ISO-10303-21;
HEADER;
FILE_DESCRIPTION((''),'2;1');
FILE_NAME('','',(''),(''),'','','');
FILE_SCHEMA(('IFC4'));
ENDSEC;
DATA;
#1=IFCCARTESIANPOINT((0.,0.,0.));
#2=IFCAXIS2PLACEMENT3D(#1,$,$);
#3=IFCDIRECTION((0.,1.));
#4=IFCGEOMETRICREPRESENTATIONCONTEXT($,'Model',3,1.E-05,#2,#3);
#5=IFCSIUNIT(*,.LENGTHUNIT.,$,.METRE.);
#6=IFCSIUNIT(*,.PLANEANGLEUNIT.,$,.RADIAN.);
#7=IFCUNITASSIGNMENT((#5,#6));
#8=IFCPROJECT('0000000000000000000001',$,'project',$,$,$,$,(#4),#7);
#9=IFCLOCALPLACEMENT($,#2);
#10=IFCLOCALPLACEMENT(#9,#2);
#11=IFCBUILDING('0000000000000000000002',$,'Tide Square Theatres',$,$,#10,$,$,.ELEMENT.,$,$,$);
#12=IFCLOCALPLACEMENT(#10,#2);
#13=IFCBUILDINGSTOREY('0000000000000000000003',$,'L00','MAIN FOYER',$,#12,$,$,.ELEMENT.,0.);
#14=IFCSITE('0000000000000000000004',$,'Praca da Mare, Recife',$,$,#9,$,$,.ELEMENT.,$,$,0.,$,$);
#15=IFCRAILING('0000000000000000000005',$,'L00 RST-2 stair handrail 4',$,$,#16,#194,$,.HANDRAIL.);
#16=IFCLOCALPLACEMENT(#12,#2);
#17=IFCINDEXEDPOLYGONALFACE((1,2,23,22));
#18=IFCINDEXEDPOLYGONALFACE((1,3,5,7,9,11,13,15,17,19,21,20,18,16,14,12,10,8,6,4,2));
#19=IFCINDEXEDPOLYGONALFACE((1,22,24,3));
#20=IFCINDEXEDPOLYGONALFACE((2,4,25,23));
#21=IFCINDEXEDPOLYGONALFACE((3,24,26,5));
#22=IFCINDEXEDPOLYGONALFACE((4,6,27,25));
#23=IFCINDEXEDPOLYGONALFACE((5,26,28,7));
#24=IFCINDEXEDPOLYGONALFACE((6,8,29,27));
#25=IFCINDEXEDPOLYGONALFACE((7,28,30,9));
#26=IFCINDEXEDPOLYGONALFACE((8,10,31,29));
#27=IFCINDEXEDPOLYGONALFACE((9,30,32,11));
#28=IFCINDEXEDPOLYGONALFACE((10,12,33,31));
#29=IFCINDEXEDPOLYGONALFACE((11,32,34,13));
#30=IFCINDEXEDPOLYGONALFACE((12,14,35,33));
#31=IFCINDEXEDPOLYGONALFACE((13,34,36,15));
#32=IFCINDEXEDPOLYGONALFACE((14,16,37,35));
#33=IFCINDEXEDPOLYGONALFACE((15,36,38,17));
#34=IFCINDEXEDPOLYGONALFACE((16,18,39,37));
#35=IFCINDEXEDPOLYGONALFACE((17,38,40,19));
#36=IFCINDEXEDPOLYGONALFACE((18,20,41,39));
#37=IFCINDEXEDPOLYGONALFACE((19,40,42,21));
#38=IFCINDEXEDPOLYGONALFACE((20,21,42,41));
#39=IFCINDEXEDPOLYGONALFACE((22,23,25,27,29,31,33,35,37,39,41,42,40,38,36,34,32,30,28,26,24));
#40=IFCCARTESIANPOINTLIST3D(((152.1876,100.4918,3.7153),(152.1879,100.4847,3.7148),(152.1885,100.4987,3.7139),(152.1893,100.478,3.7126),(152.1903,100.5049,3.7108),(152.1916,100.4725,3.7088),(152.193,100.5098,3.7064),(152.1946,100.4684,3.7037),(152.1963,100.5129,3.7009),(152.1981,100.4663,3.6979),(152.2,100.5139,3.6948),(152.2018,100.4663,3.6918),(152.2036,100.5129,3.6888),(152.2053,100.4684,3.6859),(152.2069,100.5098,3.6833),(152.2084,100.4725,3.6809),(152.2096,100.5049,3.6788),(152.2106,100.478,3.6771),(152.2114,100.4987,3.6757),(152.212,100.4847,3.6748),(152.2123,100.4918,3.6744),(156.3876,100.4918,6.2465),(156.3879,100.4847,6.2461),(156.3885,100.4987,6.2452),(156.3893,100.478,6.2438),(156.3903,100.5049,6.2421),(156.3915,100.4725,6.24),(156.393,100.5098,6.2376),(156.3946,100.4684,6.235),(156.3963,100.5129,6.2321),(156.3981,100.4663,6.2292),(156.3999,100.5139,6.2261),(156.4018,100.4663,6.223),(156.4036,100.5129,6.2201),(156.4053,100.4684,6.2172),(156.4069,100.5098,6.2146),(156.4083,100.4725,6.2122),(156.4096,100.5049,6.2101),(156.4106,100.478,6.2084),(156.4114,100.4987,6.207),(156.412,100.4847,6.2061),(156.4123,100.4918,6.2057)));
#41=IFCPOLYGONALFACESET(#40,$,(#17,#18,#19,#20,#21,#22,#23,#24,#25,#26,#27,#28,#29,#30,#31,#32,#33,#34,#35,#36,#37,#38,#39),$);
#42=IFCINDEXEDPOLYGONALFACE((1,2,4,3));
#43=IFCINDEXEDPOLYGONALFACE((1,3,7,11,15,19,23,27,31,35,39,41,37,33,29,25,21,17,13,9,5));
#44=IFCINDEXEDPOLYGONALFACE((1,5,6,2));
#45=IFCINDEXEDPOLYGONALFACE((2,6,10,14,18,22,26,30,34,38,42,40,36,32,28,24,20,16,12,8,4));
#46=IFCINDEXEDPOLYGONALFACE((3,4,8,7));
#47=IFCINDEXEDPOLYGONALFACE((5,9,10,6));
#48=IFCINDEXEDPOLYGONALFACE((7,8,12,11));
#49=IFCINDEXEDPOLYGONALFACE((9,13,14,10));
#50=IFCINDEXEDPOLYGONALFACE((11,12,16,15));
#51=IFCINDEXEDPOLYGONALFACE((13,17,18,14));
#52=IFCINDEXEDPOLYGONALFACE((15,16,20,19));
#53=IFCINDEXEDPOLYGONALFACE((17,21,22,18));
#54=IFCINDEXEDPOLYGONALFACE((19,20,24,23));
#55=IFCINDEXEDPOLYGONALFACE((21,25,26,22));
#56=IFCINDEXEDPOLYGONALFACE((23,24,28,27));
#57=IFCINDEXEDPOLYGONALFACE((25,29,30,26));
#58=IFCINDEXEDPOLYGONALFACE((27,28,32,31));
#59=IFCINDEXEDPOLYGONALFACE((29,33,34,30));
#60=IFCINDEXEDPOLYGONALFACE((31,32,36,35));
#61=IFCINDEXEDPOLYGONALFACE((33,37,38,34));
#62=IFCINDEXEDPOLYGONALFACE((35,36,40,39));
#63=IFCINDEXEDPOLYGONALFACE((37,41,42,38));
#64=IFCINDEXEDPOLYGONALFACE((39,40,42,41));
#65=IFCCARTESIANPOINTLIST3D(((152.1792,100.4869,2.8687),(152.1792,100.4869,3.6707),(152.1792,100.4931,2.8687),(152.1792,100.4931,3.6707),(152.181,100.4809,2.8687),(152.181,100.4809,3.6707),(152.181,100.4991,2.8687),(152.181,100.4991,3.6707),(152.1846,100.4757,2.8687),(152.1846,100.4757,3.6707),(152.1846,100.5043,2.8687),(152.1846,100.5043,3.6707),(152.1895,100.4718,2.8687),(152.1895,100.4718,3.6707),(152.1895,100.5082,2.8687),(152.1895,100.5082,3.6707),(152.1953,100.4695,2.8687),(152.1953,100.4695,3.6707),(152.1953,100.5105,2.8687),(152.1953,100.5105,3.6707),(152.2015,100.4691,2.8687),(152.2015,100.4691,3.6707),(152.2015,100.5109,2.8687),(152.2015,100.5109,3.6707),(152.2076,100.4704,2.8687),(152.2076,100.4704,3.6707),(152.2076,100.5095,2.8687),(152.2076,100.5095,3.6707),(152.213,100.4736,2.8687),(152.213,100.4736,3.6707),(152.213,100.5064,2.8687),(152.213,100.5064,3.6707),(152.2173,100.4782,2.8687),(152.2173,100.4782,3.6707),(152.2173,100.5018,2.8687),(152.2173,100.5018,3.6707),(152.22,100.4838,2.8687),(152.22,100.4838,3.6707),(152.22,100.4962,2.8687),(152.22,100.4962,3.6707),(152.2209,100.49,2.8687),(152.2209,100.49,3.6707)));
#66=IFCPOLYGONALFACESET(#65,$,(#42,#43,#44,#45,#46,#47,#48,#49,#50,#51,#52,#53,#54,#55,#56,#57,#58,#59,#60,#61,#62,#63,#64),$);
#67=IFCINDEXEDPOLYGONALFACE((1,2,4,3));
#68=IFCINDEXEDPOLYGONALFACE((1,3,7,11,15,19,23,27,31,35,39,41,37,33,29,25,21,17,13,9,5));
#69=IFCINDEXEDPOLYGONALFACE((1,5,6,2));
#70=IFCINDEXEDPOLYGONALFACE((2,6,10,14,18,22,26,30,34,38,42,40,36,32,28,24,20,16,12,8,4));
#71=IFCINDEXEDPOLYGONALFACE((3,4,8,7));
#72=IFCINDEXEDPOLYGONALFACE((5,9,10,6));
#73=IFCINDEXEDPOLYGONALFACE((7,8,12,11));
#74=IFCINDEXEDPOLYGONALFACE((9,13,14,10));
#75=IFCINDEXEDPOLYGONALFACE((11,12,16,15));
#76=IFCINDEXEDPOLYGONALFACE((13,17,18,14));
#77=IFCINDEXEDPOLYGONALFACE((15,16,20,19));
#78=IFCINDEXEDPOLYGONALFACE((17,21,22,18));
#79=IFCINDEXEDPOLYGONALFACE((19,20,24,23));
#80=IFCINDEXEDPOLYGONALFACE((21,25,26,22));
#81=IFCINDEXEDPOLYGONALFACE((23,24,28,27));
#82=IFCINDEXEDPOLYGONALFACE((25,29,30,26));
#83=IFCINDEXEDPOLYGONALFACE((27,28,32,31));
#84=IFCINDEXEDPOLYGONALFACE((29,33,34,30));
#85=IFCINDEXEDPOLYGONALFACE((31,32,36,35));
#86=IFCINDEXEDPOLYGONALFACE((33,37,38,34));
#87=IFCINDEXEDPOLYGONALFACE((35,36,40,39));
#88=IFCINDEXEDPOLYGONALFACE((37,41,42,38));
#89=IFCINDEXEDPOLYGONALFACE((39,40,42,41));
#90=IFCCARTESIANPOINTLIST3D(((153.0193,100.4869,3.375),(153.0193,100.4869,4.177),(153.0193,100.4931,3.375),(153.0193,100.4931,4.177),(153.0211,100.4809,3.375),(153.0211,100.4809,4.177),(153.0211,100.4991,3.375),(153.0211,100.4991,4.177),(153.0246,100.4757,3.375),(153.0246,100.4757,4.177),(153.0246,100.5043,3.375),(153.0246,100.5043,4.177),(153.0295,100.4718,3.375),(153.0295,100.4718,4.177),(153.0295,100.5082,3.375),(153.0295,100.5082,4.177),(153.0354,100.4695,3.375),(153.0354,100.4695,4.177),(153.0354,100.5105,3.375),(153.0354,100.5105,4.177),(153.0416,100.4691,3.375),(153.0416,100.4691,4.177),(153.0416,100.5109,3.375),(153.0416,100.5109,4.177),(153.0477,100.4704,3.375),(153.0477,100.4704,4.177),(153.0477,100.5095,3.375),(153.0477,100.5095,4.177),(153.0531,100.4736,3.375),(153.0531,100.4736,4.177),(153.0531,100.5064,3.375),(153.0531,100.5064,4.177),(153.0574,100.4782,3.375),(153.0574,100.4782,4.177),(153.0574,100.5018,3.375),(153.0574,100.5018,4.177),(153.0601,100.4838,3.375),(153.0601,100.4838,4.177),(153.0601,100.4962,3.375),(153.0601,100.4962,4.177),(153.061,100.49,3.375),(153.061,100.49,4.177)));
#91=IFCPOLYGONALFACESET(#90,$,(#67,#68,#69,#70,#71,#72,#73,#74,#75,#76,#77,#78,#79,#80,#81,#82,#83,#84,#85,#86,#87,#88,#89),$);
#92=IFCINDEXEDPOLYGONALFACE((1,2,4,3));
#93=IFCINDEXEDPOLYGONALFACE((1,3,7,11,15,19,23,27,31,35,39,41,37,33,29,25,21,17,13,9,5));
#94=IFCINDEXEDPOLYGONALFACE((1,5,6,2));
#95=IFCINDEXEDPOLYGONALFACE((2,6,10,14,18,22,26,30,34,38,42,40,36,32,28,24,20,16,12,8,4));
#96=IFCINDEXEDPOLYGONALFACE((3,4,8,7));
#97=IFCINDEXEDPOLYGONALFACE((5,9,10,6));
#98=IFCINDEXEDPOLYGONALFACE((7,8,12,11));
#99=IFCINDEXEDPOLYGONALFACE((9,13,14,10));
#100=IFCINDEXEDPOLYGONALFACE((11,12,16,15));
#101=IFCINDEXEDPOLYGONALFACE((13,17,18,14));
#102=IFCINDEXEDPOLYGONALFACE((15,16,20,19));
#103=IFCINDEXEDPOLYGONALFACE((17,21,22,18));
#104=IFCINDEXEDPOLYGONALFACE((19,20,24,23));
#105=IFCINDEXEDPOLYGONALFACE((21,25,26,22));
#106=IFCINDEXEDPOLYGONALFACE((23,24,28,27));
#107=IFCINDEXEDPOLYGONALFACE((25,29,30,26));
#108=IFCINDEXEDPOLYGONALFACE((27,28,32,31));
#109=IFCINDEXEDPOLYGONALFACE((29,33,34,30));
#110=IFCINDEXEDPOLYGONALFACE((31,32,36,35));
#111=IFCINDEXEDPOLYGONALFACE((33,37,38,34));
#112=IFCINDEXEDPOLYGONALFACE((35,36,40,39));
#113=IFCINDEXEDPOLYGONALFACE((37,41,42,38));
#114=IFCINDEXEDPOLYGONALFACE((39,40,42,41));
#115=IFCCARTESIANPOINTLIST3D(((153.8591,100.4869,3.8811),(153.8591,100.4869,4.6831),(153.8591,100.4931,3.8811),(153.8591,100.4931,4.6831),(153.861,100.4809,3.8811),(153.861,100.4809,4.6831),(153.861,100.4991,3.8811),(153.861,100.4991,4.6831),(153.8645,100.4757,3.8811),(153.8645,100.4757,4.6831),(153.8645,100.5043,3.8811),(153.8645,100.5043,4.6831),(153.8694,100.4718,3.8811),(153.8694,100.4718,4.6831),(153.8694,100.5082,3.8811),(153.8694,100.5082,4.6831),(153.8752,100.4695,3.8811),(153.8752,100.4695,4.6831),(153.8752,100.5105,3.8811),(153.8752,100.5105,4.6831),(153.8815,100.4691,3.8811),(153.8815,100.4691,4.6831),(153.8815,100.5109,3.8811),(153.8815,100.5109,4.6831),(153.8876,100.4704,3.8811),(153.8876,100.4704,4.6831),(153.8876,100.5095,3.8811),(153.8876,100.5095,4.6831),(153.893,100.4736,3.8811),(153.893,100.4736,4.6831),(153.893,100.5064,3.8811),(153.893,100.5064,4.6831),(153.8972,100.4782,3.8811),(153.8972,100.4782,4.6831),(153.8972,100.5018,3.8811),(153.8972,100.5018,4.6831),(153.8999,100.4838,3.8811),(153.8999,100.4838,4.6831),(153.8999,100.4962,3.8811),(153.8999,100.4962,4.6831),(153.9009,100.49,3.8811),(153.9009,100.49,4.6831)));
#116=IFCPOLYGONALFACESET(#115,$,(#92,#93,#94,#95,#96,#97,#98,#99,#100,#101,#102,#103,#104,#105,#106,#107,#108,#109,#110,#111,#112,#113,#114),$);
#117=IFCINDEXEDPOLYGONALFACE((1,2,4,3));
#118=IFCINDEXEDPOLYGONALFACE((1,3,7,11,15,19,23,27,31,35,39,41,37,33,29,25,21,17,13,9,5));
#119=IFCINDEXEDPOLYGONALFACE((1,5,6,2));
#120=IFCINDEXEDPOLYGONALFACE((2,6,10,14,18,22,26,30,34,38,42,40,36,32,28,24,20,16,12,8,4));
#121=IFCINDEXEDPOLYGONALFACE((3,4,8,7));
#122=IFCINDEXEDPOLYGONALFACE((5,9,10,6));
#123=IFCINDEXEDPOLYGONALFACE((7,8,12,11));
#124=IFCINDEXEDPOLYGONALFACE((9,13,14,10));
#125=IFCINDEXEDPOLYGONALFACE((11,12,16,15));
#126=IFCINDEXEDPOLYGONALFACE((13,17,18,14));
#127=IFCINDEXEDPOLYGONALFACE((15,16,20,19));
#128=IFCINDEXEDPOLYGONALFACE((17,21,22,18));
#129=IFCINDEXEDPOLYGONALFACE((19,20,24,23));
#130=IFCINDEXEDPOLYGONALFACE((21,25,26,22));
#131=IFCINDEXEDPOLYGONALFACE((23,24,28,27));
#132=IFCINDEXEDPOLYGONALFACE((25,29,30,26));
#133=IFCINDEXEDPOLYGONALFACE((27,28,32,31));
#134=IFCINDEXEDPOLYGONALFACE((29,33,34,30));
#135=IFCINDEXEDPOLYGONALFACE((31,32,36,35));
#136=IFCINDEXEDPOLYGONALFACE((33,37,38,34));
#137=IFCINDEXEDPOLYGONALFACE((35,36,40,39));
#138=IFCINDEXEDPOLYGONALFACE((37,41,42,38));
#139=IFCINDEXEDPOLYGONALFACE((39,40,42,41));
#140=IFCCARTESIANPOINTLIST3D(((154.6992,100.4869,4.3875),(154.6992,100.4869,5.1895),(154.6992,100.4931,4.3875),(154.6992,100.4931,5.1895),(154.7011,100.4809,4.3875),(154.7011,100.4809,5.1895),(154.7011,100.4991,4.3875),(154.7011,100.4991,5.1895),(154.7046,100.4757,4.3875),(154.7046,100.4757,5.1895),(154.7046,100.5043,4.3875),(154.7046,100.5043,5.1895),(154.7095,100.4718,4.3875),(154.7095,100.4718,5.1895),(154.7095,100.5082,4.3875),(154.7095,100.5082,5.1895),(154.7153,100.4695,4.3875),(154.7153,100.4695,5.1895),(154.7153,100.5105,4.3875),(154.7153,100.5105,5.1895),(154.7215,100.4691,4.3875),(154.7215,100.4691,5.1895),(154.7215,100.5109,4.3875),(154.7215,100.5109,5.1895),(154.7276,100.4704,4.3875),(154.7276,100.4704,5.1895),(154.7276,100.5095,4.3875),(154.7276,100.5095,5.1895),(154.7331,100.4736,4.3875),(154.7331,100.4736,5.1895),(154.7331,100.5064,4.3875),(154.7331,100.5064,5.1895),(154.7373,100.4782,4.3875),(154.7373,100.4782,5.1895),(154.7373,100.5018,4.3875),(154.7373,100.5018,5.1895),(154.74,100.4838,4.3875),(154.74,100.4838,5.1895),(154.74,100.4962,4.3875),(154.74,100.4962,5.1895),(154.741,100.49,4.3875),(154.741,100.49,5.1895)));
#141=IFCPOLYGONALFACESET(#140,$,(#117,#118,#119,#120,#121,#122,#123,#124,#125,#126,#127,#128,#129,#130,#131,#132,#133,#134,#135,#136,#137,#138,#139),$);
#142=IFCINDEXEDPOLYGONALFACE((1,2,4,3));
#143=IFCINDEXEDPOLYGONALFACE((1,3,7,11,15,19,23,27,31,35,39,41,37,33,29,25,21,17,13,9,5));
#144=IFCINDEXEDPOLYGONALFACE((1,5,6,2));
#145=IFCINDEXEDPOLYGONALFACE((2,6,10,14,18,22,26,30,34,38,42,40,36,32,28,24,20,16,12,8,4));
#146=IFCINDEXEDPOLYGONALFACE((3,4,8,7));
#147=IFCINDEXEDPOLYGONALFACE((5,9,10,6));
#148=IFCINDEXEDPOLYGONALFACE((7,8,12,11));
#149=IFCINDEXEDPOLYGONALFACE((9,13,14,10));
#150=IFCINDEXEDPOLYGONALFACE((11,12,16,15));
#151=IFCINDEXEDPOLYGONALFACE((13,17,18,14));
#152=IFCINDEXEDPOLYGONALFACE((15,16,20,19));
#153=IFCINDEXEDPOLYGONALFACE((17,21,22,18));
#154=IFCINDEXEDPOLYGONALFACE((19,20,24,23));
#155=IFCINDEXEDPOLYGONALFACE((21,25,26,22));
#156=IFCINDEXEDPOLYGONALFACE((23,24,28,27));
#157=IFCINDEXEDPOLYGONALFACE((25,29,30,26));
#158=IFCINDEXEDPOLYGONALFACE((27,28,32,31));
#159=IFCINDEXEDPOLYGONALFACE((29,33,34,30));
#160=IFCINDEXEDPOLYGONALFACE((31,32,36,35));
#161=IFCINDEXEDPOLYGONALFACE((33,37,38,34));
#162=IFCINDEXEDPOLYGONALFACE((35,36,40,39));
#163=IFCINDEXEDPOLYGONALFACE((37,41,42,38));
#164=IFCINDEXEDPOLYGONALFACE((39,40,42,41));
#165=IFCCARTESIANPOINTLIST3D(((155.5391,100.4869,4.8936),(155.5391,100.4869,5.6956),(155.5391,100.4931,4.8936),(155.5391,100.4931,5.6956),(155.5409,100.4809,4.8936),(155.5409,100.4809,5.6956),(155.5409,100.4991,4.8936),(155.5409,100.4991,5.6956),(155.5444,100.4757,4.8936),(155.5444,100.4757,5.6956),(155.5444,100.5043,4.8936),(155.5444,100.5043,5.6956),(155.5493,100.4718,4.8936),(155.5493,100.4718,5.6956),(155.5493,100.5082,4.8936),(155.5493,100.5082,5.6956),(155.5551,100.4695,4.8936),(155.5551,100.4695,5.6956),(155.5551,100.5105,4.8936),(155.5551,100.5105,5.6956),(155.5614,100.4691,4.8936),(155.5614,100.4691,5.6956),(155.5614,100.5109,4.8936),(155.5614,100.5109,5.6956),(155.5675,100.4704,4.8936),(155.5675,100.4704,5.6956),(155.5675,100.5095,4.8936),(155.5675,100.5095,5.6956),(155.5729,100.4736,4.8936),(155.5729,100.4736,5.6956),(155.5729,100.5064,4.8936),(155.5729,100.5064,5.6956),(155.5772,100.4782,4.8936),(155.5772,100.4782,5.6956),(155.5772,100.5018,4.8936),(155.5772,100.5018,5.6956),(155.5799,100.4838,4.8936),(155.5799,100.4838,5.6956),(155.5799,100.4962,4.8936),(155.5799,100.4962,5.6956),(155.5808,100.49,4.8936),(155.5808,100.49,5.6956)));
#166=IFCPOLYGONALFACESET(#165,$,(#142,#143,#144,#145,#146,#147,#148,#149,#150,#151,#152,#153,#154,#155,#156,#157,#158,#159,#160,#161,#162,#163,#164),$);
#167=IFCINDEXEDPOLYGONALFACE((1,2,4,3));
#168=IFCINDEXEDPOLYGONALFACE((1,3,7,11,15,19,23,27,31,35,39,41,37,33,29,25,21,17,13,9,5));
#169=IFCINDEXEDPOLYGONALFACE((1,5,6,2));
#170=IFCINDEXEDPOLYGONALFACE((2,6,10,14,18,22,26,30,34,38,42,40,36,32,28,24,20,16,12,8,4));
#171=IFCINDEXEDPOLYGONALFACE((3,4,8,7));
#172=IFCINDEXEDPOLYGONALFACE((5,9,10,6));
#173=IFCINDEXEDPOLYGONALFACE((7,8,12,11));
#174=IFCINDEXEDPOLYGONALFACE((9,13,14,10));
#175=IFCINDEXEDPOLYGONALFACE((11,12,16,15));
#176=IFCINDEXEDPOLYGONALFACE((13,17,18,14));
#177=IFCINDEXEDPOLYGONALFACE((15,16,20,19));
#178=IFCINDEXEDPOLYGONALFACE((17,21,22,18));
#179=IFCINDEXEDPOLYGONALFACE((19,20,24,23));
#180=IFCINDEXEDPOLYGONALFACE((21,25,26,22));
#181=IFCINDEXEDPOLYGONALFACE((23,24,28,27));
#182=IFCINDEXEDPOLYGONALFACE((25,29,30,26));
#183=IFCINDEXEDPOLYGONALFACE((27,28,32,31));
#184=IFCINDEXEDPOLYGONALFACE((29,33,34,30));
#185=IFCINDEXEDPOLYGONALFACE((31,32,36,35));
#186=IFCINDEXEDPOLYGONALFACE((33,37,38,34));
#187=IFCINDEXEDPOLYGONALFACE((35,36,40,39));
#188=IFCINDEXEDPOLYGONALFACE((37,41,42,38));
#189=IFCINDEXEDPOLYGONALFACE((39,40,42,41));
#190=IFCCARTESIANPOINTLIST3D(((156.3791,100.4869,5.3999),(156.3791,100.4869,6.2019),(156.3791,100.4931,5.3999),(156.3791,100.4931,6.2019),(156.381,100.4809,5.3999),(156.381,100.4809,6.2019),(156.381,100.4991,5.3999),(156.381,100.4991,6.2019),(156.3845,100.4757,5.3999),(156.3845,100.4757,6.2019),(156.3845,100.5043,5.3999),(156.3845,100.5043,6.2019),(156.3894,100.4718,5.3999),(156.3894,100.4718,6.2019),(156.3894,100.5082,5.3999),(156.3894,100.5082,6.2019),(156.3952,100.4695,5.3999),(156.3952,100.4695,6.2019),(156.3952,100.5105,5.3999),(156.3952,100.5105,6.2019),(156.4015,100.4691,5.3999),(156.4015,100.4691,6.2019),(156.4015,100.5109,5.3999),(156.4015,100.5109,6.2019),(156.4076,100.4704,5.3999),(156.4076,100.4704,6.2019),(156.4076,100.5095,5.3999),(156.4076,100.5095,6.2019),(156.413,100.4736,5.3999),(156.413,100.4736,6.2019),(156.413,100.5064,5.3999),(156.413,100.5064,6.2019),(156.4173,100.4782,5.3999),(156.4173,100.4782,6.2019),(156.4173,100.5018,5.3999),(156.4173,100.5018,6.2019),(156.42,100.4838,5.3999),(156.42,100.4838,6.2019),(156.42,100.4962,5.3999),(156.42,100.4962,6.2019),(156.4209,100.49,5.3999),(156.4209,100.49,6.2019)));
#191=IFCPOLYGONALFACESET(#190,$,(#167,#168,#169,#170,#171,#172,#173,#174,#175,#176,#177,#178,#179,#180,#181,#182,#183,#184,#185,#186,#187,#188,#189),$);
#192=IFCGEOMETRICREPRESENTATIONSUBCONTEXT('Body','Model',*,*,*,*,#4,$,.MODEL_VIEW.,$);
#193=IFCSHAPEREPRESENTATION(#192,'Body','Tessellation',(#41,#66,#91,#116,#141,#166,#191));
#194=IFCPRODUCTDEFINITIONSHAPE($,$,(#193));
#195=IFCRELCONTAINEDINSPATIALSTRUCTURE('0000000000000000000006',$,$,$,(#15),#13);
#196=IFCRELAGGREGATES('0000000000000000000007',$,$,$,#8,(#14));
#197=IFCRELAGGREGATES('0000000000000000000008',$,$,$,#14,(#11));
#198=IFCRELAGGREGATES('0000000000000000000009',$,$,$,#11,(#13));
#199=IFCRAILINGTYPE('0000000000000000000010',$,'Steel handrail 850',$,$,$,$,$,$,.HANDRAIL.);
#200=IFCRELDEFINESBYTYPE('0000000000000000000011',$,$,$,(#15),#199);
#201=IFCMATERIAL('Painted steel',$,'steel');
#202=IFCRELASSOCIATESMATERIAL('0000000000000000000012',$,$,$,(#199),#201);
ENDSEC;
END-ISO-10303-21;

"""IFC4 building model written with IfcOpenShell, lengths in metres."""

from ifc_helpers import new_model, si_unit, direction, frame, origin, origin_2d, place, context, subcontext, project, spatial, circle, extrude, material, type_object, element, save


model = new_model("IFC4")

# Units and contexts
model_context = context("Model", 3, precision=1e-05, world=origin(), true_north=direction((0.0, 1.0)))
body_context = subcontext(model_context, "Body", "Model", "MODEL_VIEW")
ifc_project = project(units=[si_unit("LENGTHUNIT", "METRE"), si_unit("PLANEANGLEUNIT", "RADIAN")], contexts=[model_context])

# Site, building, storey
site_placement = place(None, origin())
site = spatial("IfcSite", under=ifc_project, at=site_placement, Name="Praca da Mare, Recife", CompositionType="ELEMENT", RefElevation=0.0)
building_placement = place(site_placement, origin())
building = spatial("IfcBuilding", under=site, at=building_placement, Name="Tide Square Theatres", CompositionType="ELEMENT")
storey_placement = place(building_placement, origin())
storey = spatial("IfcBuildingStorey", under=building, at=storey_placement, Name="L00", Description="MAIN FOYER", CompositionType="ELEMENT", Elevation=0.0)

# Railing
ifc_material_1 = material(Name="Painted steel", Category="steel")
railing_type_1 = type_object("IfcRailingType", Name="Steel handrail 850", PredefinedType="HANDRAIL", material=ifc_material_1)
for number, where, name in (
    (1, (152.2, 100.49, 2.8687), "L00 RST-2 stair handrail 4"),
):
    element("IfcRailing", number, at=place(storey_placement, frame(where)), inside=storey, type_object=railing_type_1, Name=name, PredefinedType="HANDRAIL", context=body_context, shape_type="SweptSolid", body=[
        extrude(circle(Radius=0.0239, at=origin_2d()), frame((0.0, 0.0, 0.8262), z_axis=(0.856476, 0.0, 0.516186), x_axis=(0.0, 1.0, 0.0)), (0.0, 0.0, 1.0), 4.9038),
        extrude(circle(Radius=0.021, at=origin_2d()), origin(), (0.0, 0.0, 1.0), 0.802),
        extrude(circle(Radius=0.021, at=origin_2d()), frame((0.8401, 0.0, 0.5063)), (0.0, 0.0, 1.0), 0.802),
        extrude(circle(Radius=0.021, at=origin_2d()), frame((1.6799, 0.0, 1.0125)), (0.0, 0.0, 1.0), 0.802),
        extrude(circle(Radius=0.021, at=origin_2d()), frame((2.52, 0.0, 1.5188)), (0.0, 0.0, 1.0), 0.802),
        extrude(circle(Radius=0.021, at=origin_2d()), frame((3.3599, 0.0, 2.0249)), (0.0, 0.0, 1.0), 0.802),
        extrude(circle(Radius=0.021, at=origin_2d()), frame((4.2, 0.0, 2.5312)), (0.0, 0.0, 1.0), 0.802),
    ])

save(model, "model.ifc")
